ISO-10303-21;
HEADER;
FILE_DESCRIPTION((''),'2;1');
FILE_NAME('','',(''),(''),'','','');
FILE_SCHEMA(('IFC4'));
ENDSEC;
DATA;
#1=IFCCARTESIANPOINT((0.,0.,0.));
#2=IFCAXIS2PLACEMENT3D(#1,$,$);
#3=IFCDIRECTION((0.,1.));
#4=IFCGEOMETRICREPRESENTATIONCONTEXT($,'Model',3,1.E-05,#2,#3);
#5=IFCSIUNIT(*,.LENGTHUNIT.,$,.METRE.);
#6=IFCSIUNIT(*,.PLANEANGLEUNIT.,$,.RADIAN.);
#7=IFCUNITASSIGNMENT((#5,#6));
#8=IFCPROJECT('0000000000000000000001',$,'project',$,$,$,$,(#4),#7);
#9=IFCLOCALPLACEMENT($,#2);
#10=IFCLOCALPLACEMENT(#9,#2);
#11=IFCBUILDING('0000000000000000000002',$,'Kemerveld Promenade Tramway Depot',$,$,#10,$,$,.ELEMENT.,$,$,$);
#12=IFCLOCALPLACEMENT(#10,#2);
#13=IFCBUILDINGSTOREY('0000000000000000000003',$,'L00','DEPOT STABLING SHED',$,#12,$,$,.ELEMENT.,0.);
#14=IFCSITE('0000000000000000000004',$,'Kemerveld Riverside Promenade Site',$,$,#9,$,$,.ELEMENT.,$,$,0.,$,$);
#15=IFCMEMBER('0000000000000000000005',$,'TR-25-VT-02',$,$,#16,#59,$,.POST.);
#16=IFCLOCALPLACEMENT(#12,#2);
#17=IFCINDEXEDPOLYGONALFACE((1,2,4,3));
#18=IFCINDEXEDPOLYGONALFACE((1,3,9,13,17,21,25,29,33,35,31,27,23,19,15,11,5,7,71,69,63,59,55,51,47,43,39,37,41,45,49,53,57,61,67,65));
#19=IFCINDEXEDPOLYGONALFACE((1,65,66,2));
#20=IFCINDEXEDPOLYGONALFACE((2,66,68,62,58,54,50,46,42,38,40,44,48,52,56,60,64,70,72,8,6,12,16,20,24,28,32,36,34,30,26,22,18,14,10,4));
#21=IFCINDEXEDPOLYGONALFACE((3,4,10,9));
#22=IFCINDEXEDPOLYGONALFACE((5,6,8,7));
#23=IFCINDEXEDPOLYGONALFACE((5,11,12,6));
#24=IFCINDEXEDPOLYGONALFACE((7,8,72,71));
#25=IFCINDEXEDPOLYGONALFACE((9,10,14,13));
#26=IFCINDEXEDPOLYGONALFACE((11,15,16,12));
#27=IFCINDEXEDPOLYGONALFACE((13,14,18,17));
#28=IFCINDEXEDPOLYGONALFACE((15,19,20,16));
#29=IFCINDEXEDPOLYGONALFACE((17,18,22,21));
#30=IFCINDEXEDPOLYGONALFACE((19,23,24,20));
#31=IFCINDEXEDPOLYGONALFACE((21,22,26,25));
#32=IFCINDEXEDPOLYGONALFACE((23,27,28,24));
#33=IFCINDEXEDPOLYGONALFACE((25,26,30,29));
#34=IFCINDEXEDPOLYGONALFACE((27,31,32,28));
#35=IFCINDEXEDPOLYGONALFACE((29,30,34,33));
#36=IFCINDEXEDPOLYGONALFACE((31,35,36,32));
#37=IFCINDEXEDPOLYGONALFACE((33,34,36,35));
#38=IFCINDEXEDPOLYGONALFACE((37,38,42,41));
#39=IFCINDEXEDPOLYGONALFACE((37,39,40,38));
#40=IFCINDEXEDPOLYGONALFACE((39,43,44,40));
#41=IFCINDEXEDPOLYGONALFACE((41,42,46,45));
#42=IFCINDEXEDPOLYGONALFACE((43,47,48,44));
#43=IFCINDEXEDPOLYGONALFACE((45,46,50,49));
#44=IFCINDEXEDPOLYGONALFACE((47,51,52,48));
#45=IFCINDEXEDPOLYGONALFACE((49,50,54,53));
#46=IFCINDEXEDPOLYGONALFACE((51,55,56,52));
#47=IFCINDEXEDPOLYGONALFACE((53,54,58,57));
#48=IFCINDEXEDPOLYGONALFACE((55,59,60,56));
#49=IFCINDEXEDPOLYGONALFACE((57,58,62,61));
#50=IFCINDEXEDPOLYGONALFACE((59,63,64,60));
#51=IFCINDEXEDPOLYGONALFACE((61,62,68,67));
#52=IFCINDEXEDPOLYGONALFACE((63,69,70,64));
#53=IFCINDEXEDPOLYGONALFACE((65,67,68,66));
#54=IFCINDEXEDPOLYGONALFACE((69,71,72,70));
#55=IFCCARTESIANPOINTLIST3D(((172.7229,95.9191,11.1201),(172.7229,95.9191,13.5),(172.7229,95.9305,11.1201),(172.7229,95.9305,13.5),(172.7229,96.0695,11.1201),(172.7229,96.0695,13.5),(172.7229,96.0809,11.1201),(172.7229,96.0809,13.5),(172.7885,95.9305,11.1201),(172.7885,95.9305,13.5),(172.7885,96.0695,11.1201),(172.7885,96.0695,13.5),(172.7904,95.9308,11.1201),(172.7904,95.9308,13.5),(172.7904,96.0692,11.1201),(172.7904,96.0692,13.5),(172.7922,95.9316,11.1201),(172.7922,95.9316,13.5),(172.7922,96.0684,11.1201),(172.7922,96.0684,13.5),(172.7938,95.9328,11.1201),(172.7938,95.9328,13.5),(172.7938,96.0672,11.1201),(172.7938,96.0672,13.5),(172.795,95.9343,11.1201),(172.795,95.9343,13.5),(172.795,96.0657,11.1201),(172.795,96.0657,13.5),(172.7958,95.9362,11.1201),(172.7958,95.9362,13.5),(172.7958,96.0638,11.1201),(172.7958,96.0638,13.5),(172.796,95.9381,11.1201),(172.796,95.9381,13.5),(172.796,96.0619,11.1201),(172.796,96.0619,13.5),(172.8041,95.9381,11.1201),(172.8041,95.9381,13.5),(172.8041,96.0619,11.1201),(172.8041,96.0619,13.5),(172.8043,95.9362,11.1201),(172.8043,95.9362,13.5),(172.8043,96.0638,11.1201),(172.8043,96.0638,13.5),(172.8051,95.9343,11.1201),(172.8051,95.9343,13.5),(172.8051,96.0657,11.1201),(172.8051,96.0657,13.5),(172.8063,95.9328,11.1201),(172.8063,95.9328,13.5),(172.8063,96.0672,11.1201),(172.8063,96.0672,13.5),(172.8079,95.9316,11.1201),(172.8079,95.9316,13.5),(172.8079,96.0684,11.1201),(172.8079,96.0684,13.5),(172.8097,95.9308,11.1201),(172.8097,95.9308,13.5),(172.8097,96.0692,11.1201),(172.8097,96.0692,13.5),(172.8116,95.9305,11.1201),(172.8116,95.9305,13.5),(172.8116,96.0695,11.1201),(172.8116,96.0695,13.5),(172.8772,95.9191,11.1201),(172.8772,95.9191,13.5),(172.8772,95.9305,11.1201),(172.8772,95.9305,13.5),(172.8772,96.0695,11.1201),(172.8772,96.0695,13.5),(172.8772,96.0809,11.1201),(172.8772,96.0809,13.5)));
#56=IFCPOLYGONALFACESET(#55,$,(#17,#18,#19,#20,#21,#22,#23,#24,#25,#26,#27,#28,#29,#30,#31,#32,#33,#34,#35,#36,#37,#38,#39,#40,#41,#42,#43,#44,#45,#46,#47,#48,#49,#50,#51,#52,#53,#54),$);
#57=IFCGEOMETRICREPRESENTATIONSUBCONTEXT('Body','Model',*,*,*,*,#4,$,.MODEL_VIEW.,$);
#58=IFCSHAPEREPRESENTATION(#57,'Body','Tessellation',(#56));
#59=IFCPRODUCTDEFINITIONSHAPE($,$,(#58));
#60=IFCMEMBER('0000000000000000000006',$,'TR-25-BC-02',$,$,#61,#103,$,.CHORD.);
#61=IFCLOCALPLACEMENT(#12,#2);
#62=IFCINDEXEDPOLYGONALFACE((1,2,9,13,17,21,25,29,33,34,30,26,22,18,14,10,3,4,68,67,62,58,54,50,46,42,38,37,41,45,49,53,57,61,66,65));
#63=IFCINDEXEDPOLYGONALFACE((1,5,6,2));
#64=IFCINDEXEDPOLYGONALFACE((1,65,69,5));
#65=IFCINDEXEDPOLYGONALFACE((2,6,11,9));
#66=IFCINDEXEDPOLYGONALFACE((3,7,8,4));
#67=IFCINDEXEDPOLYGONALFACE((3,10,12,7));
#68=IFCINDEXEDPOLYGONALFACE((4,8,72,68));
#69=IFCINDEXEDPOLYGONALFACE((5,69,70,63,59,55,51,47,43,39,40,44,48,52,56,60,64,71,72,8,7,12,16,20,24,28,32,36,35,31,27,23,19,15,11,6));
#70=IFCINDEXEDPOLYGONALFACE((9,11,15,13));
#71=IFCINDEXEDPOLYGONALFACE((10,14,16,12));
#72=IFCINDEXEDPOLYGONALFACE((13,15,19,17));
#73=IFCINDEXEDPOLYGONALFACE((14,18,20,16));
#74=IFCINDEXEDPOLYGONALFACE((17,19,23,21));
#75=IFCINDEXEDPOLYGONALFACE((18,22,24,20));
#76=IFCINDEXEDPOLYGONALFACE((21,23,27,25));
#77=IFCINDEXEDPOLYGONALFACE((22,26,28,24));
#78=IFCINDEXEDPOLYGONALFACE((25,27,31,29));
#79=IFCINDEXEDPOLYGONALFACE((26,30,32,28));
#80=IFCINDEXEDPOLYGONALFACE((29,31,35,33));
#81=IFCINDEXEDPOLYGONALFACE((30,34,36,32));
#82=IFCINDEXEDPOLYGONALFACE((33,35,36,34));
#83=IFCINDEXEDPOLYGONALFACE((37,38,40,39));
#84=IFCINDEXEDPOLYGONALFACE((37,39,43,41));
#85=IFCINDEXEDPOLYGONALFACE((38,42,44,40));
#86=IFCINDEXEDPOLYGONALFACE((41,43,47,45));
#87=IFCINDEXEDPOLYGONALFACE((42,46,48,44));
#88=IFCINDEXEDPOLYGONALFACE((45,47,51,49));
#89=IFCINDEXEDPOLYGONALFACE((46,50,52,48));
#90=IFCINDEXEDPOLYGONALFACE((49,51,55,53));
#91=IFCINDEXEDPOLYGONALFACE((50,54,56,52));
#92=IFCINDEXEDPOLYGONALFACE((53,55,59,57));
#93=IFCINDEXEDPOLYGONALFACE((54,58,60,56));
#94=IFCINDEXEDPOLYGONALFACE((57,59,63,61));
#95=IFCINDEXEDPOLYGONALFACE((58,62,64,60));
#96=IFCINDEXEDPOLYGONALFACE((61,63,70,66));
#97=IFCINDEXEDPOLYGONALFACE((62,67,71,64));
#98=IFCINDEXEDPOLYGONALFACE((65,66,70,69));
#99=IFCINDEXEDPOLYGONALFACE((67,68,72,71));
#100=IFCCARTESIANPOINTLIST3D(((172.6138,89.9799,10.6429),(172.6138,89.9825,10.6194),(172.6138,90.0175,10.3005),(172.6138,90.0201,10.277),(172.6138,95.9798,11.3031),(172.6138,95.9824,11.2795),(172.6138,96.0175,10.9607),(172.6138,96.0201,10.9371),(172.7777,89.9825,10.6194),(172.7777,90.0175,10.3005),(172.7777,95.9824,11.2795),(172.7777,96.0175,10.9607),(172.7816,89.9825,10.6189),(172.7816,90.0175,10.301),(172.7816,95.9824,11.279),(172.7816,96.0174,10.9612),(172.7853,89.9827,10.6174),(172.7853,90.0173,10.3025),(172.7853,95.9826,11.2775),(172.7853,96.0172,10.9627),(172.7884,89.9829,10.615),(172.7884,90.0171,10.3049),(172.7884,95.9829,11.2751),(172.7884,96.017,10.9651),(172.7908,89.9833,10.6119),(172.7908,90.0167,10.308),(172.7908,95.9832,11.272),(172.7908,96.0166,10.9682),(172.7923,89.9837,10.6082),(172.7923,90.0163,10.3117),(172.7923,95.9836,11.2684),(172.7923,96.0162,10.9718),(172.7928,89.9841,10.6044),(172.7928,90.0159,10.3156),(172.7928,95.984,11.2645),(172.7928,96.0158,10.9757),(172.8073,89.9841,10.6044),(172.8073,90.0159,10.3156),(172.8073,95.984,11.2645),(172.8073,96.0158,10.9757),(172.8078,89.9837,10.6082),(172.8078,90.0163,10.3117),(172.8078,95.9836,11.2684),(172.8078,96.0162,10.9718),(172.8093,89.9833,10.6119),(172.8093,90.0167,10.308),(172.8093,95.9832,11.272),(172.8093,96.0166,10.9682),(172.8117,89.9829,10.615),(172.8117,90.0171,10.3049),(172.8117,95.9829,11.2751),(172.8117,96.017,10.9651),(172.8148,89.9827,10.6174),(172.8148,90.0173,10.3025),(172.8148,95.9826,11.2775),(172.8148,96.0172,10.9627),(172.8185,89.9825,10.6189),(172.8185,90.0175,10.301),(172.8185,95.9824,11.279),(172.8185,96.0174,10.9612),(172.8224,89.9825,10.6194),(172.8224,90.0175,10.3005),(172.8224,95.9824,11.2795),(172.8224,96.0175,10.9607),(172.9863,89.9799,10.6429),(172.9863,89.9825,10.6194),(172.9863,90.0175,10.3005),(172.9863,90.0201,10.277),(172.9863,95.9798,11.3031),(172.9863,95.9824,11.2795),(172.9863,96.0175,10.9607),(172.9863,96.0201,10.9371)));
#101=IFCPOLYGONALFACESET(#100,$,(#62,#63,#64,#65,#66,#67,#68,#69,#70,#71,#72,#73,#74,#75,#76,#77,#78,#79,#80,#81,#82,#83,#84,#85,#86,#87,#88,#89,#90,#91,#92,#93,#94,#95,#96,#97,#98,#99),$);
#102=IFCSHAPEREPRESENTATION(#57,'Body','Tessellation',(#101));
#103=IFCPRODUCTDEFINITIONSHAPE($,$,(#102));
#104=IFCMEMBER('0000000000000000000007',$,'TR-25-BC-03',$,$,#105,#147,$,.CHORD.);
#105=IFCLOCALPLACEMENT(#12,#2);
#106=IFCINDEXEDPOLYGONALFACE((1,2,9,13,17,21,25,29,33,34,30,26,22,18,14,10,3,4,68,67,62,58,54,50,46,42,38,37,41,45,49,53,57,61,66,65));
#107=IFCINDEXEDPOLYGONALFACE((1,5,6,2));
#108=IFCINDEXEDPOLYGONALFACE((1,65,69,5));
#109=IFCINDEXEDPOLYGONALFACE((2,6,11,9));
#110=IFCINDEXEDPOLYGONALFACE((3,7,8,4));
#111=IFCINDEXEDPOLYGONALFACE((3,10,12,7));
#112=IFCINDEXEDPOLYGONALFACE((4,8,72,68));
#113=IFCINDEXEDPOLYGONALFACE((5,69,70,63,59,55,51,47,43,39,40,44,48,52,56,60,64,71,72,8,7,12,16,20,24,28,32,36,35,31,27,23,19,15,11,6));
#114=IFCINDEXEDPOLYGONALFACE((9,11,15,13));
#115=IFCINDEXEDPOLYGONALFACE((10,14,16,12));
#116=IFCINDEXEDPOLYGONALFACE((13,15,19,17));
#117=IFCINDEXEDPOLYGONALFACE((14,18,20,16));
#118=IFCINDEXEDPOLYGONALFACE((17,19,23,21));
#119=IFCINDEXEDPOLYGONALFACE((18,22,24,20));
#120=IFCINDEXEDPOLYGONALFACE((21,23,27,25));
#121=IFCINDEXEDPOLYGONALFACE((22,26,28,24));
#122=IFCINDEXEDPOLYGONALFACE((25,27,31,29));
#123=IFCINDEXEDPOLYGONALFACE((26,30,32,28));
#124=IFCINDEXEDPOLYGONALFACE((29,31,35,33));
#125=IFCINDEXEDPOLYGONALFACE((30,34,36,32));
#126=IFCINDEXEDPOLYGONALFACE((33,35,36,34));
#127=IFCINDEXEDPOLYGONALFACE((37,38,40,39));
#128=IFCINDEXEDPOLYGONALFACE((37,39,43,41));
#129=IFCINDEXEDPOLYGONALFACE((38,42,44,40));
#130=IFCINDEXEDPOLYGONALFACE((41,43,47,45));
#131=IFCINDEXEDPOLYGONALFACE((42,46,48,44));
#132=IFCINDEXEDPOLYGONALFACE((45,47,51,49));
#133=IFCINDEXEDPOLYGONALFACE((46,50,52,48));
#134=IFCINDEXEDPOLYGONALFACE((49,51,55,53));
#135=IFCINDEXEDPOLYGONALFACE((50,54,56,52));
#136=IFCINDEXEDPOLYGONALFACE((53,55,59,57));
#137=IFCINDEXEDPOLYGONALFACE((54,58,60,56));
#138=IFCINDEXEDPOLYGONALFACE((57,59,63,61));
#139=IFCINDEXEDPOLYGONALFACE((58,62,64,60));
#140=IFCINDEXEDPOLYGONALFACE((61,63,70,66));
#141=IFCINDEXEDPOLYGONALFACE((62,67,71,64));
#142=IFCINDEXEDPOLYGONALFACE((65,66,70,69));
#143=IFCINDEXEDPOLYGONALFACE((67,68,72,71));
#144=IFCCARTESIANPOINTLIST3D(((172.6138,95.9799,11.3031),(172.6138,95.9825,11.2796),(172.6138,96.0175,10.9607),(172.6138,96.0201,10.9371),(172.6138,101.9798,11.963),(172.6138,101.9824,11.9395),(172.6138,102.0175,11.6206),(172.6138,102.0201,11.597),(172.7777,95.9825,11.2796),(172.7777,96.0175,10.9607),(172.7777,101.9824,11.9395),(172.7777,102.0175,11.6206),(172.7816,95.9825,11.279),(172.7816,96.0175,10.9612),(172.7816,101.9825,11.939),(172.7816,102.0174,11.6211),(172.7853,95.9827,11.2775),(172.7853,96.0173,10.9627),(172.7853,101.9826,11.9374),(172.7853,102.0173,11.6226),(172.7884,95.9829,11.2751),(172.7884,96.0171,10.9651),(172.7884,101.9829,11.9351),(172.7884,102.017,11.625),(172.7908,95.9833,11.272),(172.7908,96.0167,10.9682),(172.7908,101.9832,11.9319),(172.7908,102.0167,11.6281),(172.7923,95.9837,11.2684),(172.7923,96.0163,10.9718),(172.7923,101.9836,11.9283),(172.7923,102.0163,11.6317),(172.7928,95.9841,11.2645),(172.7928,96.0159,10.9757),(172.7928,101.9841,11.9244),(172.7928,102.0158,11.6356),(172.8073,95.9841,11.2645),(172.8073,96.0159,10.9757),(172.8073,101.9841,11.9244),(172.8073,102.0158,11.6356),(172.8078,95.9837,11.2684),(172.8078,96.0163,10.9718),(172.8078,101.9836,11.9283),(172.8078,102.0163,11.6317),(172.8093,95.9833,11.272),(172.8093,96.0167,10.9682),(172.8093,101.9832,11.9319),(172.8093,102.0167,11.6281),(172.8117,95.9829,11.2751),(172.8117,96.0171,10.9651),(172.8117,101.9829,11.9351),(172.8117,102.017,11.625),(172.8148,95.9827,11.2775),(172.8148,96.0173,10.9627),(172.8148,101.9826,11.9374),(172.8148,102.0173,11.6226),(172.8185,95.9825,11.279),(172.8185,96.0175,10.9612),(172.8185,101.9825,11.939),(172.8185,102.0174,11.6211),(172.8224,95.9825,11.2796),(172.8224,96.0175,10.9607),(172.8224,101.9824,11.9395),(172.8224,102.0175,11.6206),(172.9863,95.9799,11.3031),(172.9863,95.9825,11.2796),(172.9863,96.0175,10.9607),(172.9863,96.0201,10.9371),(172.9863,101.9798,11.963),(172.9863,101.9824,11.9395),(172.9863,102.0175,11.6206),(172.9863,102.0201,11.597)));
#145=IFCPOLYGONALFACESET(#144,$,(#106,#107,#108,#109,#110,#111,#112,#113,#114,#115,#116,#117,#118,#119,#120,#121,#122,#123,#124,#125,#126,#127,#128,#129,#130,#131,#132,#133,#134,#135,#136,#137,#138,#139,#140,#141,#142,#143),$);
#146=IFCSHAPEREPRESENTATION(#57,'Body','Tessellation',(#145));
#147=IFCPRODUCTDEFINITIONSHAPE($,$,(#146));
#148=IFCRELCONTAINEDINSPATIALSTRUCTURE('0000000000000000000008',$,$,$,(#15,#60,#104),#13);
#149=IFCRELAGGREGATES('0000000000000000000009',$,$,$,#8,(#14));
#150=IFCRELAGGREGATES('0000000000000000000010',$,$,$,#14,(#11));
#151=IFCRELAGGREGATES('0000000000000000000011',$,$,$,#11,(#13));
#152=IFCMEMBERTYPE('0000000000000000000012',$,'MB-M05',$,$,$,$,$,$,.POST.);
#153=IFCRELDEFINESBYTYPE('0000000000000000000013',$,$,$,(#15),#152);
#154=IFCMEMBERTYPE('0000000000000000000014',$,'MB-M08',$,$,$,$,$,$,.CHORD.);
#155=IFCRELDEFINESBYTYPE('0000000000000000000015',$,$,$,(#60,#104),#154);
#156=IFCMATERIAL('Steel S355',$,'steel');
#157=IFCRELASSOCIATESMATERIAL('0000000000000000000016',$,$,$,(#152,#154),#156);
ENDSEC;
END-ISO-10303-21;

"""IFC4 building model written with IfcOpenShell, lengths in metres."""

from ifc_helpers import new_model, si_unit, direction, frame, origin, origin_2d, place, context, subcontext, project, spatial, i_section, extrude, material, material_profile, profile_set, type_object, element, save


model = new_model("IFC4")

# Units and contexts
model_context = context("Model", 3, precision=1e-05, world=origin(), true_north=direction((0.0, 1.0)))
body_context = subcontext(model_context, "Body", "Model", "MODEL_VIEW")
ifc_project = project(units=[si_unit("LENGTHUNIT", "METRE"), si_unit("PLANEANGLEUNIT", "RADIAN")], contexts=[model_context])

# Site, building, storey
site_placement = place(None, origin())
site = spatial("IfcSite", under=ifc_project, at=site_placement, Name="Kemerveld Riverside Promenade Site", CompositionType="ELEMENT", RefElevation=0.0)
building_placement = place(site_placement, origin())
building = spatial("IfcBuilding", under=site, at=building_placement, Name="Kemerveld Promenade Tramway Depot", CompositionType="ELEMENT")
storey_placement = place(building_placement, origin())
storey = spatial("IfcBuildingStorey", under=building, at=storey_placement, Name="L00", Description="DEPOT STABLING SHED", CompositionType="ELEMENT", Elevation=0.0)

# Members
ifc_material_1 = material(Name="Steel S355", Category="steel")
ifc_material_profile_1 = material_profile(ifc_material_1, i_section(OverallWidth=0.1543, OverallDepth=0.1619, WebThickness=0.0081, FlangeThickness=0.0115, FilletRadius=0.0076, at=origin_2d()), Name="152x152x37 UC")
ifc_profile_set_1 = profile_set([ifc_material_profile_1], Name="Steel S355")
member_type_1 = type_object("IfcMemberType", Name="MB-M05", PredefinedType="POST", material=ifc_profile_set_1)
member_1_placement = place(storey_placement, frame((172.8, 96.0, 11.1201), z_axis=(0.0, 0.0, 1.0), x_axis=(1.0, 0.0, 0.0)))
element("IfcMember", 1, at=member_1_placement, inside=storey, type_object=member_type_1, Name="TR-25-VT-02", PredefinedType="POST", context=body_context, shape_type="SweptSolid", body=[
    extrude(i_section(OverallWidth=0.1543, OverallDepth=0.1619, WebThickness=0.0081, FlangeThickness=0.0115, FilletRadius=0.0076, at=origin_2d()), origin(), (0.0, 0.0, 1.0), 2.3799),
])
ifc_material_profile_2 = material_profile(ifc_material_1, i_section(OverallWidth=0.3726, OverallDepth=0.3682, WebThickness=0.0144, FlangeThickness=0.0237, FilletRadius=0.0151, at=origin_2d()), Name="356x368x177 UC")
ifc_profile_set_2 = profile_set([ifc_material_profile_2], Name="Steel S355")
member_type_2 = type_object("IfcMemberType", Name="MB-M08", PredefinedType="CHORD", material=ifc_profile_set_2)
for number, where, z_axis, x_axis, name in (
    (2, (172.8, 90.0, 10.46), (0.0, 0.994002, 0.109366), (-1.0, 0.0, 0.0), "TR-25-BC-02"),
    (3, (172.8, 96.0, 11.1201), (0.0, 0.994006, 0.109326), (-1.0, 0.0, 0.0), "TR-25-BC-03"),
):
    element("IfcMember", number, at=place(storey_placement, frame(where, z_axis=z_axis, x_axis=x_axis)), inside=storey, type_object=member_type_2, Name=name, PredefinedType="CHORD", context=body_context, shape_type="SweptSolid", body=[
        extrude(i_section(OverallWidth=0.3726, OverallDepth=0.3682, WebThickness=0.0144, FlangeThickness=0.0237, FilletRadius=0.0151, at=origin_2d()), origin(), (0.0, 0.0, 1.0), 6.0361),
    ])

save(model, "model.ifc")
